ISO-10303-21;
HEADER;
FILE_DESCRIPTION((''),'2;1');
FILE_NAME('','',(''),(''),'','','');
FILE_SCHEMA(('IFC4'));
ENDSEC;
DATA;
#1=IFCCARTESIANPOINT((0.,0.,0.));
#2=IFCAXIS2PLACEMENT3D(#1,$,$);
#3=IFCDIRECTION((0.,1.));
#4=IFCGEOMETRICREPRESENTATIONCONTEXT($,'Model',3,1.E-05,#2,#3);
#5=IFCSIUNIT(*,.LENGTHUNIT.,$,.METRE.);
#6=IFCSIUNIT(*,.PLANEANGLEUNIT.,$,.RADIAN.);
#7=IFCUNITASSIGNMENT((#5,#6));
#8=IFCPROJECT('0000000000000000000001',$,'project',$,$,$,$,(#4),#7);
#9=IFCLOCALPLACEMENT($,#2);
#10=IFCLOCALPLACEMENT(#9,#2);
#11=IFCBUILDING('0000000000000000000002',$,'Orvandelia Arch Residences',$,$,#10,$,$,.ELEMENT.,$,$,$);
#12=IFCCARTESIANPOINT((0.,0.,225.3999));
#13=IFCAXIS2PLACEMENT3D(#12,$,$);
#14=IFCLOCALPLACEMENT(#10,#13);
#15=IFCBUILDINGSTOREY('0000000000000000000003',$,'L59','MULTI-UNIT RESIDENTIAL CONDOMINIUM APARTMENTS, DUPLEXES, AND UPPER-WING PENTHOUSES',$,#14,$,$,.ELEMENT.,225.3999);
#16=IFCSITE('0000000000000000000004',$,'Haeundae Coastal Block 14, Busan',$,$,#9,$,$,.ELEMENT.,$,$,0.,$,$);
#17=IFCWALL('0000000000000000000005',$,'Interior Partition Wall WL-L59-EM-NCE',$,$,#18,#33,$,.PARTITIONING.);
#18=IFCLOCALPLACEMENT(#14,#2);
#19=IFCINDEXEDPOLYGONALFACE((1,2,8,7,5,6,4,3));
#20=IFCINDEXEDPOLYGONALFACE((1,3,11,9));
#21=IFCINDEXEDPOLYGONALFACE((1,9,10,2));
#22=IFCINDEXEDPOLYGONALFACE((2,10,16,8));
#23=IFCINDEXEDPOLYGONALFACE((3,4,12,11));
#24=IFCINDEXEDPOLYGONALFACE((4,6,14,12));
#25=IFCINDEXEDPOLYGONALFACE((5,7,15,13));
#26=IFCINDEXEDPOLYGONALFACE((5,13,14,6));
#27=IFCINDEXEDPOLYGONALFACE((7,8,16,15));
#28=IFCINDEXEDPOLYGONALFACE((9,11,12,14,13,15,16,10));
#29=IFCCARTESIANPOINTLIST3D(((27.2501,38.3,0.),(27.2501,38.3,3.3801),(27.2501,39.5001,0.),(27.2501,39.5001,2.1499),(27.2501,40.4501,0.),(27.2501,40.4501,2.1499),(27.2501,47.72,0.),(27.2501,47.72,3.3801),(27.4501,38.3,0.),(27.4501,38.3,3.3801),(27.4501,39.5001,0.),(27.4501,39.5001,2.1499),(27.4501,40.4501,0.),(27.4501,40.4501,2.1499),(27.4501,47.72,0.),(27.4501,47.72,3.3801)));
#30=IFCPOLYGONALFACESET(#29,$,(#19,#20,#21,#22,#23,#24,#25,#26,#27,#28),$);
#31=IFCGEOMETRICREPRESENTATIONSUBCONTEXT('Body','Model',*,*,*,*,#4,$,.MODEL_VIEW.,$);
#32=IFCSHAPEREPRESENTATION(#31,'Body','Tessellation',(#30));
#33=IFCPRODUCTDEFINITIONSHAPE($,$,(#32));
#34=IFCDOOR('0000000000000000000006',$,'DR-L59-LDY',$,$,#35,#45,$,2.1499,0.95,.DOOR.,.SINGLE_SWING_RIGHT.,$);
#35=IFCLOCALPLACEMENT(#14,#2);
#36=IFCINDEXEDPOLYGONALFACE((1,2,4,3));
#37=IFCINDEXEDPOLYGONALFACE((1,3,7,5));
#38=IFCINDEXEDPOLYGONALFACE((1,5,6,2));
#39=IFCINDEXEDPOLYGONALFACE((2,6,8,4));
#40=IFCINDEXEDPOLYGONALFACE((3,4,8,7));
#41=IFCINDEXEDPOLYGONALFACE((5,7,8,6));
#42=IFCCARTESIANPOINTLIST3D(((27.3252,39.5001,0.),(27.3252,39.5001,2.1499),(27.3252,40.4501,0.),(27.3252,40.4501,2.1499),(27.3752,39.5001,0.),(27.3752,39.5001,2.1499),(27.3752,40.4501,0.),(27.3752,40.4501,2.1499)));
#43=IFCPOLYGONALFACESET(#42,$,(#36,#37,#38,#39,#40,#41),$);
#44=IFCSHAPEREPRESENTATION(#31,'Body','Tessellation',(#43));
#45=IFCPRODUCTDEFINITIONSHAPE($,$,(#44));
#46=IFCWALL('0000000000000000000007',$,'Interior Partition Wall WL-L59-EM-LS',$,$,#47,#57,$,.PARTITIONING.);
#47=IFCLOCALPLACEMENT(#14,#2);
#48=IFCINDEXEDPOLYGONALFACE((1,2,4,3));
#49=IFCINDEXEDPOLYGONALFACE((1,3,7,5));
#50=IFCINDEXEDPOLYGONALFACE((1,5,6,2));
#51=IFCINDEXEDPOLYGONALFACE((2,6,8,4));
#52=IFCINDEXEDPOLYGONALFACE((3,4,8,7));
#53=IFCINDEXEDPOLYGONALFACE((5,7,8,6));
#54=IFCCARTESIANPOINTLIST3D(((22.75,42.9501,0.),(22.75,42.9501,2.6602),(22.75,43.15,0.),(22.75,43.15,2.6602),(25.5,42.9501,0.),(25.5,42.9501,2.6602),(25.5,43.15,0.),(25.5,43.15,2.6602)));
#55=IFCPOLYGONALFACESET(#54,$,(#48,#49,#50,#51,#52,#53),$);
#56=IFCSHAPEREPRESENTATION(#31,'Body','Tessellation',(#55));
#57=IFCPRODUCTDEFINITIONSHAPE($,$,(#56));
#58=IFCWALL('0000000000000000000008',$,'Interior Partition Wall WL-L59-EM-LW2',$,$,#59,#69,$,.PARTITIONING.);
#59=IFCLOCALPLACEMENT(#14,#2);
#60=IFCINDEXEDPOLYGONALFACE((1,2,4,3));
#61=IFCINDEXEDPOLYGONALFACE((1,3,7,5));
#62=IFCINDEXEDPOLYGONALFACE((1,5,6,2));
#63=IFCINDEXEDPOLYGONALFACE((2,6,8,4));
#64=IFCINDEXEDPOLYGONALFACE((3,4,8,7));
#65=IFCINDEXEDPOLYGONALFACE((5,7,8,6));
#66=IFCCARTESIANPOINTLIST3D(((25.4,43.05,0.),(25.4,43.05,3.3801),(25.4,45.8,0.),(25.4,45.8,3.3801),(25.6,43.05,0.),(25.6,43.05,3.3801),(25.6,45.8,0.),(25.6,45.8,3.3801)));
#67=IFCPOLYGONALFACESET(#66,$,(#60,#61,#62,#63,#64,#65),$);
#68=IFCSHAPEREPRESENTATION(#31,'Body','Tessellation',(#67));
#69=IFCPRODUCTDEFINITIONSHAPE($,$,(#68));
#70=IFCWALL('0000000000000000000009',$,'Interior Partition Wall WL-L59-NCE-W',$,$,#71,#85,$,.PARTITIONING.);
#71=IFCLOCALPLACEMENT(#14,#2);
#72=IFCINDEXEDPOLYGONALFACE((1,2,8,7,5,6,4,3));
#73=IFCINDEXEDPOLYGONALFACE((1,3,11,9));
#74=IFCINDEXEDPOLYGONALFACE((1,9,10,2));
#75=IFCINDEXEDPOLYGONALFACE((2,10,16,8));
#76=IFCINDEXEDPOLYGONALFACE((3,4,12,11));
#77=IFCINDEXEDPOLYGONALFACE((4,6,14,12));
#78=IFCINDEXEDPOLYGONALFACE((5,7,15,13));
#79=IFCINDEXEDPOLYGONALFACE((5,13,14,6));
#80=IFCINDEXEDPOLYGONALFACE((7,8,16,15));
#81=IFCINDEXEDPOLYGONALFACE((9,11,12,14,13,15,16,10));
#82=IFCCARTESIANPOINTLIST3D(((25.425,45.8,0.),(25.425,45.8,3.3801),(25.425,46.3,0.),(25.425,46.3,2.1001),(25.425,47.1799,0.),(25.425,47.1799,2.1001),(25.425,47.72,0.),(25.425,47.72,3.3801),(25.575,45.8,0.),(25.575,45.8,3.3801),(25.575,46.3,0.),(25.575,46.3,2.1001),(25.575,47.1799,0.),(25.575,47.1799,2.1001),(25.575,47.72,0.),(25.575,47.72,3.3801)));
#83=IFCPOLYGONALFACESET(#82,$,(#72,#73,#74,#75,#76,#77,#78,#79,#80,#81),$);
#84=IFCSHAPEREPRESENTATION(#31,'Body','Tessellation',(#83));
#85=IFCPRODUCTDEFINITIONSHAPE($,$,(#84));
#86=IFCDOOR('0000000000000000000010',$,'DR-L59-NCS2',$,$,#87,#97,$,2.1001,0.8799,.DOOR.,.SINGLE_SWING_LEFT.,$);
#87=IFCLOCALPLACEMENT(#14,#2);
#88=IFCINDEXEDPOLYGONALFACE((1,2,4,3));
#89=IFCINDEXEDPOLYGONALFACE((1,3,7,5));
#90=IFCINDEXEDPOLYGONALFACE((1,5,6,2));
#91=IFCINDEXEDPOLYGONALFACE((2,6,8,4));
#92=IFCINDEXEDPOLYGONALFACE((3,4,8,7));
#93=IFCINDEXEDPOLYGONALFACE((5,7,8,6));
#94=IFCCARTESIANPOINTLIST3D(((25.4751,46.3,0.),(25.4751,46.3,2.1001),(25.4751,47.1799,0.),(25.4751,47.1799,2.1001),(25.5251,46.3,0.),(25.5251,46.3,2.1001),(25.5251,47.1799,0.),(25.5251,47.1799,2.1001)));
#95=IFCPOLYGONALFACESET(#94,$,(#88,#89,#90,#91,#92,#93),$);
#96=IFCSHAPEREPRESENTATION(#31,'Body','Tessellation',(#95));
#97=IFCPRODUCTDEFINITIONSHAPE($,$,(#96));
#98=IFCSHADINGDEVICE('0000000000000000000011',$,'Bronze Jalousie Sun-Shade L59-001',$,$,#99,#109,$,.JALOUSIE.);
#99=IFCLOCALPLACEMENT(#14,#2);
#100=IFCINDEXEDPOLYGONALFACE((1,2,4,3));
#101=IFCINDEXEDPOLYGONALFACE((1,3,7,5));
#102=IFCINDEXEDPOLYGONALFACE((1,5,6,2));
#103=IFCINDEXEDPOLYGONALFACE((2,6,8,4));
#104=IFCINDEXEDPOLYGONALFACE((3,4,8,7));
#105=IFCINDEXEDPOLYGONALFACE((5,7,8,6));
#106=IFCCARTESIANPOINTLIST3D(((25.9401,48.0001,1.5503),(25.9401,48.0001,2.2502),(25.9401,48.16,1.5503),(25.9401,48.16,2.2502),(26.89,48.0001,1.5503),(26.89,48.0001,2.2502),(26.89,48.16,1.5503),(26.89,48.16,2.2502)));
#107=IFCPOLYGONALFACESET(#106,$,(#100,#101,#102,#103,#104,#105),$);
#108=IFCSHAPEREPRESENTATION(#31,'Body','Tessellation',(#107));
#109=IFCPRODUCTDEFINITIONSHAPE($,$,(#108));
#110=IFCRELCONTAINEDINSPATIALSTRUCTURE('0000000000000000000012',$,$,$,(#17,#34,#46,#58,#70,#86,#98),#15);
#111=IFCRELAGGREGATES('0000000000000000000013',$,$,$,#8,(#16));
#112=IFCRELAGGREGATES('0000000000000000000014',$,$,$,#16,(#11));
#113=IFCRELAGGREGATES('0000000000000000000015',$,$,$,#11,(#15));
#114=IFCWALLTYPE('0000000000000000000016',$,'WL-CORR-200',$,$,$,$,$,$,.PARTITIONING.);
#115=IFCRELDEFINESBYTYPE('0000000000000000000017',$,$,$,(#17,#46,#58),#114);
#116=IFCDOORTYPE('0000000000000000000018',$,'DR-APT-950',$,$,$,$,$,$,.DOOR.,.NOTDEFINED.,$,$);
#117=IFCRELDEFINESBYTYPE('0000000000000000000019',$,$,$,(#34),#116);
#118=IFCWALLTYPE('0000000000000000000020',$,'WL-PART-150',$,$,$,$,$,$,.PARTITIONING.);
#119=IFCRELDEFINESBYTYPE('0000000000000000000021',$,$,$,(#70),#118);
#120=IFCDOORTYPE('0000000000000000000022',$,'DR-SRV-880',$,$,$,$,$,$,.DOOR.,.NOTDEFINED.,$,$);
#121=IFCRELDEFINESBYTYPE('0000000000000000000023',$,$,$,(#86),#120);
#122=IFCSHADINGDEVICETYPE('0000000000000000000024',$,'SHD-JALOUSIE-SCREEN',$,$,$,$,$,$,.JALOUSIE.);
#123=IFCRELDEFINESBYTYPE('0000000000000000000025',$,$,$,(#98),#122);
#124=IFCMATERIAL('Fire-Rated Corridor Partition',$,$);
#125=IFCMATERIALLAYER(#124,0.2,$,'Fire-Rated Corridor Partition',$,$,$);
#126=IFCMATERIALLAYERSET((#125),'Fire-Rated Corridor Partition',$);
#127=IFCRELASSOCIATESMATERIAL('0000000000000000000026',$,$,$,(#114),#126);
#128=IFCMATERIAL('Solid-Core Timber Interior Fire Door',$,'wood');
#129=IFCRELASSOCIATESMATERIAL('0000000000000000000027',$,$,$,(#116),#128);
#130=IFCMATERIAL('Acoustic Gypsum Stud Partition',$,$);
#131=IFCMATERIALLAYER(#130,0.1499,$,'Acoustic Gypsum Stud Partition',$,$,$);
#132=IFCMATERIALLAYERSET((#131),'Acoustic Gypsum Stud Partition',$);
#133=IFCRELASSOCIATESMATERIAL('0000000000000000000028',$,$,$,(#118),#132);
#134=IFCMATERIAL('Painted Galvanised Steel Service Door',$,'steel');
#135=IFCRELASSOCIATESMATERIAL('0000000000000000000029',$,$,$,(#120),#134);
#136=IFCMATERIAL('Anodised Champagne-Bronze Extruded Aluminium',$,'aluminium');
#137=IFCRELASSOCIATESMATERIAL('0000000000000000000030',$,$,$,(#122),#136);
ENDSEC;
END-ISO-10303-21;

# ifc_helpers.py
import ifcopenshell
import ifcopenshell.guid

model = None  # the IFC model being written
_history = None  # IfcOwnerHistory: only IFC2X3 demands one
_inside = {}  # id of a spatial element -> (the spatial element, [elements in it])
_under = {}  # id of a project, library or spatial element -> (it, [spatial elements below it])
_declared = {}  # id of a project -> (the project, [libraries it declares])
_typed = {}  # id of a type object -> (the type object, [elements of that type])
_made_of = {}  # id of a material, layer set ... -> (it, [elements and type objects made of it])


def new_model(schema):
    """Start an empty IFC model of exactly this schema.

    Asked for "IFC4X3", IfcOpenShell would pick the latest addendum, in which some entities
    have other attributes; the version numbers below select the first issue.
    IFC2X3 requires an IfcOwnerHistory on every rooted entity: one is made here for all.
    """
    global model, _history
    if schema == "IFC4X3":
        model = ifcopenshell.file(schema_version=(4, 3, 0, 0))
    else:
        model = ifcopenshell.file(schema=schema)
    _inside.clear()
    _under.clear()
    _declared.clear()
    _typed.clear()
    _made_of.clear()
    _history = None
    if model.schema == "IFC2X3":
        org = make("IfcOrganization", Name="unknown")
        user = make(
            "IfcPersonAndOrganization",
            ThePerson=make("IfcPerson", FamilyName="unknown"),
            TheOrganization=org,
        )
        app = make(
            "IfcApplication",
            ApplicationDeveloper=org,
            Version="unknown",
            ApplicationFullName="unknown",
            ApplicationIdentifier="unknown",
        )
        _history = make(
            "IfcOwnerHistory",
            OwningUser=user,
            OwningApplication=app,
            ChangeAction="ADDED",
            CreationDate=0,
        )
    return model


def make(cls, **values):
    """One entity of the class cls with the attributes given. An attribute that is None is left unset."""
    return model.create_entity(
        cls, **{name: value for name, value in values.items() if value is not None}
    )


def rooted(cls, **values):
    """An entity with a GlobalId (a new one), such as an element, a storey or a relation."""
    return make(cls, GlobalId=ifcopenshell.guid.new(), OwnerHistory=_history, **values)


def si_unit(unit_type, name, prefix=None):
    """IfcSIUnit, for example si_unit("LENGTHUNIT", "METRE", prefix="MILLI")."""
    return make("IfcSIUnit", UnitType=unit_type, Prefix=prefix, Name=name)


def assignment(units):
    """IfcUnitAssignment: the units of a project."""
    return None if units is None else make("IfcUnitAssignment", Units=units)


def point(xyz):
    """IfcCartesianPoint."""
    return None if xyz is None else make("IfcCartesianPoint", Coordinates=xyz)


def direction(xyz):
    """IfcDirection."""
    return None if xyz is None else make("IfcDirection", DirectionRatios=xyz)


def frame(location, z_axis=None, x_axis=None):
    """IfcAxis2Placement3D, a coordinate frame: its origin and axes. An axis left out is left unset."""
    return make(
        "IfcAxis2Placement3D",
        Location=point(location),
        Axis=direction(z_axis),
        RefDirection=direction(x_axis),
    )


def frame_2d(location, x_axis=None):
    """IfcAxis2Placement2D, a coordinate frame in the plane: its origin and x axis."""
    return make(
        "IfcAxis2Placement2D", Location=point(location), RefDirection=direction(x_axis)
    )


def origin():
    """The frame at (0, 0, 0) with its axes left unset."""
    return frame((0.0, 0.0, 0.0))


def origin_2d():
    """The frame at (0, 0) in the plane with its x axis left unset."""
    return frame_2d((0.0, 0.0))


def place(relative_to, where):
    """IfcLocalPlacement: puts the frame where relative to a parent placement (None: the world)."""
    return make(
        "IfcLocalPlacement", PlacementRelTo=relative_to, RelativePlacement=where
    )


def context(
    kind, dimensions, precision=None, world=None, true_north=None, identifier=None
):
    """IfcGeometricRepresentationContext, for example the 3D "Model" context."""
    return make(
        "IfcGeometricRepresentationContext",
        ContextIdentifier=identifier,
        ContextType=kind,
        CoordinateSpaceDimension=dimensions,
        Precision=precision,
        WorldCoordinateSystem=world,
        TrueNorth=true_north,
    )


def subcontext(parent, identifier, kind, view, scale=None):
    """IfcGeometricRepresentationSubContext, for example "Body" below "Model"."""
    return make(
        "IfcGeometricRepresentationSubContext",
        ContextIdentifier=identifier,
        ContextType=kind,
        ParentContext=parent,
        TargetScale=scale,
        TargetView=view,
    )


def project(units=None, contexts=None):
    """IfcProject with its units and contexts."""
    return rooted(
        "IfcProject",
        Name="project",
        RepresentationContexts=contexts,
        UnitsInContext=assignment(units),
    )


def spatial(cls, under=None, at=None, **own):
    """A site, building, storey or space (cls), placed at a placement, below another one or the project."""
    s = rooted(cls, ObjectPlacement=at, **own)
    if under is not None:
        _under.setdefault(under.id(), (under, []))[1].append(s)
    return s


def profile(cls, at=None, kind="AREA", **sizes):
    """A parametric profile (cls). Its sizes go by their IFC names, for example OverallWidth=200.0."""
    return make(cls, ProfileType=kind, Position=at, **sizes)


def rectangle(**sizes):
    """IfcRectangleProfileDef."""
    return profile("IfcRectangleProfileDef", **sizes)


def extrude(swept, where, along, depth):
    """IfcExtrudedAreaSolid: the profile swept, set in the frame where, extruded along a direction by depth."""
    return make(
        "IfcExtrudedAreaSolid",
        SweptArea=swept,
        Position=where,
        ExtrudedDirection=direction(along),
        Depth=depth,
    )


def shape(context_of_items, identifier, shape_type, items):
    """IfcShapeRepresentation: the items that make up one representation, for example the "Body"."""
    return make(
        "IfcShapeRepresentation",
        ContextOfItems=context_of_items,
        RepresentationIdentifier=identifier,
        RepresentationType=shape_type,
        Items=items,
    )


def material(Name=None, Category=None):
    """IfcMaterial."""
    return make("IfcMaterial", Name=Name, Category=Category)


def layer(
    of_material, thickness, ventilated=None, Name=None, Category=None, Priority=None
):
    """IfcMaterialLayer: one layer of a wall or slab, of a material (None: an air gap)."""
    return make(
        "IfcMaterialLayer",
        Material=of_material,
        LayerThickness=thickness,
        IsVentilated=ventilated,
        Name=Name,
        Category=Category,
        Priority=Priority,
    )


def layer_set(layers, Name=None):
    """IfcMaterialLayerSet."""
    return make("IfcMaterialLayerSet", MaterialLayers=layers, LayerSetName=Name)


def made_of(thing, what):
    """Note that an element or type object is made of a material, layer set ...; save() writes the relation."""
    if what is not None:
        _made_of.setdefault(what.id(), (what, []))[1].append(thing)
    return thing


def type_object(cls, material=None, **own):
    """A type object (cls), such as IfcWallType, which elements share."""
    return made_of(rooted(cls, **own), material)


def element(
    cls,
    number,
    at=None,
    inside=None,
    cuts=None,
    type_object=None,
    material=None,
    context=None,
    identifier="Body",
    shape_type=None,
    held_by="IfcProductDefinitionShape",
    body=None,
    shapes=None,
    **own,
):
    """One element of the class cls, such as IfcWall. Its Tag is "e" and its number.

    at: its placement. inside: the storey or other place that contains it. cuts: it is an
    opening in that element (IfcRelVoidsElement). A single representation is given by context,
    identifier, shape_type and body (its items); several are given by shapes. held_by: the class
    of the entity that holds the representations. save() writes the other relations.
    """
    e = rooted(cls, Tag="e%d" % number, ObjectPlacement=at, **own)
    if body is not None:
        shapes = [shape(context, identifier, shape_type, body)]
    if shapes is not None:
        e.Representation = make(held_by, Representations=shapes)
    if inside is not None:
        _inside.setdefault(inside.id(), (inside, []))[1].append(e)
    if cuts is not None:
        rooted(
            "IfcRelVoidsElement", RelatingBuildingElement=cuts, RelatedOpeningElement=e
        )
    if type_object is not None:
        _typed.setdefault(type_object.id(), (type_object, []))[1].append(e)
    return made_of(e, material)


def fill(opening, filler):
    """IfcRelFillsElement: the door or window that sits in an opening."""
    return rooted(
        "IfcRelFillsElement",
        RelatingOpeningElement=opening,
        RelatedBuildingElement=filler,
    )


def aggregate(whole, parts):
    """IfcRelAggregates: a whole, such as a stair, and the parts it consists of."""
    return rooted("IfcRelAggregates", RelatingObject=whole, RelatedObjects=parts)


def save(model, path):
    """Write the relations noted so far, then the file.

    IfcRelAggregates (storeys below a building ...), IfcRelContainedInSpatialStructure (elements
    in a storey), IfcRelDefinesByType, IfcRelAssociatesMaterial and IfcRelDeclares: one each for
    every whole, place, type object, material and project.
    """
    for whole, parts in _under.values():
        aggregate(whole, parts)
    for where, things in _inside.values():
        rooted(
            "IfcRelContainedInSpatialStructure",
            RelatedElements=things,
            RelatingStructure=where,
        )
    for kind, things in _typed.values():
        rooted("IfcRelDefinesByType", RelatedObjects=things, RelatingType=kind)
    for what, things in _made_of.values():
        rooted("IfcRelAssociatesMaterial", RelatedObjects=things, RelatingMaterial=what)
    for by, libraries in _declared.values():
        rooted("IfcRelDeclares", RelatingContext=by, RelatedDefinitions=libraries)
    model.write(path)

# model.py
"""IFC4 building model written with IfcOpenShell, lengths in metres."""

from ifc_helpers import new_model, si_unit, direction, frame, frame_2d, origin, origin_2d, place, context, subcontext, project, spatial, rectangle, extrude, material, layer, layer_set, type_object, element, fill, save


model = new_model("IFC4")

# Units and contexts
model_context = context("Model", 3, precision=1e-05, world=origin(), true_north=direction((0.0, 1.0)))
body_context = subcontext(model_context, "Body", "Model", "MODEL_VIEW")
ifc_project = project(units=[si_unit("LENGTHUNIT", "METRE"), si_unit("PLANEANGLEUNIT", "RADIAN")], contexts=[model_context])

# Site, building, storey
site_placement = place(None, origin())
site = spatial("IfcSite", under=ifc_project, at=site_placement, Name="Haeundae Coastal Block 14, Busan", CompositionType="ELEMENT", RefElevation=0.0)
building_placement = place(site_placement, origin())
building = spatial("IfcBuilding", under=site, at=building_placement, Name="Orvandelia Arch Residences", CompositionType="ELEMENT")
storey_placement = place(building_placement, frame((0.0, 0.0, 225.3999)))
storey = spatial("IfcBuildingStorey", under=building, at=storey_placement, Name="L59", Description="MULTI-UNIT RESIDENTIAL CONDOMINIUM APARTMENTS, DUPLEXES, AND UPPER-WING PENTHOUSES", CompositionType="ELEMENT", Elevation=225.3999)

# Shared definitions
ifc_material_1 = material(Name="Fire-Rated Corridor Partition")
ifc_layer_1 = layer(ifc_material_1, 0.2, Name="Fire-Rated Corridor Partition")
ifc_layer_set_1 = layer_set([ifc_layer_1], Name="Fire-Rated Corridor Partition")
wall_type_1 = type_object("IfcWallType", Name="WL-CORR-200", PredefinedType="PARTITIONING", material=ifc_layer_set_1)

# Wall, opening, door
wall_1_placement = place(storey_placement, frame((27.3501, 38.3, 0.0), z_axis=(0.0, 0.0, 1.0), x_axis=(0.0, 1.0, 0.0)))
wall_1 = element("IfcWall", 1, at=wall_1_placement, inside=storey, type_object=wall_type_1, Name="Interior Partition Wall WL-L59-EM-NCE", PredefinedType="PARTITIONING", context=body_context, shape_type="SweptSolid", body=[
    extrude(rectangle(XDim=9.4199, YDim=0.2, at=frame_2d((4.71, 0.0))), origin(), (0.0, 0.0, 1.0), 3.3801),
])
opening_1_placement = place(wall_1_placement, frame((1.2, 0.0, 0.0)))
opening_1 = element("IfcOpeningElement", 2, at=opening_1_placement, cuts=wall_1, PredefinedType="OPENING", context=body_context, shape_type="SweptSolid", body=[
    extrude(rectangle(XDim=0.95, YDim=2.1499, at=frame_2d((0.4751, 1.075))), frame((0.0, 0.1099, 0.0), z_axis=(0.0, -1.0, 0.0), x_axis=(1.0, 0.0, 0.0)), (0.0, 0.0, 1.0), 0.22),
])
ifc_material_2 = material(Name="Solid-Core Timber Interior Fire Door", Category="wood")
door_type_1 = type_object("IfcDoorType", Name="DR-APT-950", OperationType="NOTDEFINED", PredefinedType="DOOR", material=ifc_material_2)
door_1_placement = place(opening_1_placement, origin())
door_1 = element("IfcDoor", 3, at=door_1_placement, inside=storey, type_object=door_type_1, Name="DR-L59-LDY", OperationType="SINGLE_SWING_RIGHT", OverallHeight=2.1499, OverallWidth=0.95, PredefinedType="DOOR", context=body_context, shape_type="SweptSolid", body=[
    extrude(rectangle(XDim=0.95, YDim=2.1499, at=frame_2d((0.4751, 1.075))), frame((0.0, 0.0249, 0.0), z_axis=(0.0, -1.0, 0.0), x_axis=(1.0, 0.0, 0.0)), (0.0, 0.0, 1.0), 0.05),
])
fill(opening_1, door_1)

# Walls
wall_2_placement = place(storey_placement, frame((22.75, 43.05, 0.0), z_axis=(0.0, 0.0, 1.0), x_axis=(1.0, 0.0, 0.0)))
element("IfcWall", 4, at=wall_2_placement, inside=storey, type_object=wall_type_1, Name="Interior Partition Wall WL-L59-EM-LS", PredefinedType="PARTITIONING", context=body_context, shape_type="SweptSolid", body=[
    extrude(rectangle(XDim=2.75, YDim=0.2, at=frame_2d((1.375, 0.0))), origin(), (0.0, 0.0, 1.0), 2.6602),
])
wall_3_placement = place(storey_placement, frame((25.5, 43.05, 0.0), z_axis=(0.0, 0.0, 1.0), x_axis=(0.0, 1.0, 0.0)))
element("IfcWall", 5, at=wall_3_placement, inside=storey, type_object=wall_type_1, Name="Interior Partition Wall WL-L59-EM-LW2", PredefinedType="PARTITIONING", context=body_context, shape_type="SweptSolid", body=[
    extrude(rectangle(XDim=2.75, YDim=0.2, at=frame_2d((1.375, 0.0))), origin(), (0.0, 0.0, 1.0), 3.3801),
])

# Wall, opening, door
ifc_material_3 = material(Name="Acoustic Gypsum Stud Partition")
ifc_layer_2 = layer(ifc_material_3, 0.1499, Name="Acoustic Gypsum Stud Partition")
ifc_layer_set_2 = layer_set([ifc_layer_2], Name="Acoustic Gypsum Stud Partition")
wall_type_2 = type_object("IfcWallType", Name="WL-PART-150", PredefinedType="PARTITIONING", material=ifc_layer_set_2)
wall_4_placement = place(storey_placement, frame((25.5, 45.8, 0.0), z_axis=(0.0, 0.0, 1.0), x_axis=(0.0, 1.0, 0.0)))
wall_4 = element("IfcWall", 6, at=wall_4_placement, inside=storey, type_object=wall_type_2, Name="Interior Partition Wall WL-L59-NCE-W", PredefinedType="PARTITIONING", context=body_context, shape_type="SweptSolid", body=[
    extrude(rectangle(XDim=1.9199, YDim=0.1499, at=frame_2d((0.96, 0.0))), origin(), (0.0, 0.0, 1.0), 3.3801),
])
opening_2_placement = place(wall_4_placement, frame((0.5, 0.0, 0.0)))
opening_2 = element("IfcOpeningElement", 7, at=opening_2_placement, cuts=wall_4, PredefinedType="OPENING", context=body_context, shape_type="SweptSolid", body=[
    extrude(rectangle(XDim=0.8799, YDim=2.1001, at=frame_2d((0.4399, 1.05))), frame((0.0, 0.085, 0.0), z_axis=(0.0, -1.0, 0.0), x_axis=(1.0, 0.0, 0.0)), (0.0, 0.0, 1.0), 0.1699),
])
ifc_material_4 = material(Name="Painted Galvanised Steel Service Door", Category="steel")
door_type_2 = type_object("IfcDoorType", Name="DR-SRV-880", OperationType="NOTDEFINED", PredefinedType="DOOR", material=ifc_material_4)
door_2_placement = place(opening_2_placement, origin())
door_2 = element("IfcDoor", 8, at=door_2_placement, inside=storey, type_object=door_type_2, Name="DR-L59-NCS2", OperationType="SINGLE_SWING_LEFT", OverallHeight=2.1001, OverallWidth=0.8799, PredefinedType="DOOR", context=body_context, shape_type="SweptSolid", body=[
    extrude(rectangle(XDim=0.8799, YDim=2.1001, at=frame_2d((0.4399, 1.05))), frame((0.0, 0.0249, 0.0), z_axis=(0.0, -1.0, 0.0), x_axis=(1.0, 0.0, 0.0)), (0.0, 0.0, 1.0), 0.05),
])
fill(opening_2, door_2)

# Shading device
ifc_material_5 = material(Name="Anodised Champagne-Bronze Extruded Aluminium", Category="aluminium")
shading_device_type = type_object("IfcShadingDeviceType", Name="SHD-JALOUSIE-SCREEN", PredefinedType="JALOUSIE", material=ifc_material_5)
shading_device_placement = place(storey_placement, frame((26.415, 48.0801, 1.5503), z_axis=(0.0, 0.0, 1.0), x_axis=(1.0, 0.0, 0.0)))
element("IfcShadingDevice", 9, at=shading_device_placement, inside=storey, type_object=shading_device_type, Name="Bronze Jalousie Sun-Shade L59-001", PredefinedType="JALOUSIE", context=body_context, shape_type="SweptSolid", body=[
    extrude(rectangle(XDim=0.95, YDim=0.1599, at=origin_2d()), origin(), (0.0, 0.0, 1.0), 0.7),
])

save(model, "model.ifc")
